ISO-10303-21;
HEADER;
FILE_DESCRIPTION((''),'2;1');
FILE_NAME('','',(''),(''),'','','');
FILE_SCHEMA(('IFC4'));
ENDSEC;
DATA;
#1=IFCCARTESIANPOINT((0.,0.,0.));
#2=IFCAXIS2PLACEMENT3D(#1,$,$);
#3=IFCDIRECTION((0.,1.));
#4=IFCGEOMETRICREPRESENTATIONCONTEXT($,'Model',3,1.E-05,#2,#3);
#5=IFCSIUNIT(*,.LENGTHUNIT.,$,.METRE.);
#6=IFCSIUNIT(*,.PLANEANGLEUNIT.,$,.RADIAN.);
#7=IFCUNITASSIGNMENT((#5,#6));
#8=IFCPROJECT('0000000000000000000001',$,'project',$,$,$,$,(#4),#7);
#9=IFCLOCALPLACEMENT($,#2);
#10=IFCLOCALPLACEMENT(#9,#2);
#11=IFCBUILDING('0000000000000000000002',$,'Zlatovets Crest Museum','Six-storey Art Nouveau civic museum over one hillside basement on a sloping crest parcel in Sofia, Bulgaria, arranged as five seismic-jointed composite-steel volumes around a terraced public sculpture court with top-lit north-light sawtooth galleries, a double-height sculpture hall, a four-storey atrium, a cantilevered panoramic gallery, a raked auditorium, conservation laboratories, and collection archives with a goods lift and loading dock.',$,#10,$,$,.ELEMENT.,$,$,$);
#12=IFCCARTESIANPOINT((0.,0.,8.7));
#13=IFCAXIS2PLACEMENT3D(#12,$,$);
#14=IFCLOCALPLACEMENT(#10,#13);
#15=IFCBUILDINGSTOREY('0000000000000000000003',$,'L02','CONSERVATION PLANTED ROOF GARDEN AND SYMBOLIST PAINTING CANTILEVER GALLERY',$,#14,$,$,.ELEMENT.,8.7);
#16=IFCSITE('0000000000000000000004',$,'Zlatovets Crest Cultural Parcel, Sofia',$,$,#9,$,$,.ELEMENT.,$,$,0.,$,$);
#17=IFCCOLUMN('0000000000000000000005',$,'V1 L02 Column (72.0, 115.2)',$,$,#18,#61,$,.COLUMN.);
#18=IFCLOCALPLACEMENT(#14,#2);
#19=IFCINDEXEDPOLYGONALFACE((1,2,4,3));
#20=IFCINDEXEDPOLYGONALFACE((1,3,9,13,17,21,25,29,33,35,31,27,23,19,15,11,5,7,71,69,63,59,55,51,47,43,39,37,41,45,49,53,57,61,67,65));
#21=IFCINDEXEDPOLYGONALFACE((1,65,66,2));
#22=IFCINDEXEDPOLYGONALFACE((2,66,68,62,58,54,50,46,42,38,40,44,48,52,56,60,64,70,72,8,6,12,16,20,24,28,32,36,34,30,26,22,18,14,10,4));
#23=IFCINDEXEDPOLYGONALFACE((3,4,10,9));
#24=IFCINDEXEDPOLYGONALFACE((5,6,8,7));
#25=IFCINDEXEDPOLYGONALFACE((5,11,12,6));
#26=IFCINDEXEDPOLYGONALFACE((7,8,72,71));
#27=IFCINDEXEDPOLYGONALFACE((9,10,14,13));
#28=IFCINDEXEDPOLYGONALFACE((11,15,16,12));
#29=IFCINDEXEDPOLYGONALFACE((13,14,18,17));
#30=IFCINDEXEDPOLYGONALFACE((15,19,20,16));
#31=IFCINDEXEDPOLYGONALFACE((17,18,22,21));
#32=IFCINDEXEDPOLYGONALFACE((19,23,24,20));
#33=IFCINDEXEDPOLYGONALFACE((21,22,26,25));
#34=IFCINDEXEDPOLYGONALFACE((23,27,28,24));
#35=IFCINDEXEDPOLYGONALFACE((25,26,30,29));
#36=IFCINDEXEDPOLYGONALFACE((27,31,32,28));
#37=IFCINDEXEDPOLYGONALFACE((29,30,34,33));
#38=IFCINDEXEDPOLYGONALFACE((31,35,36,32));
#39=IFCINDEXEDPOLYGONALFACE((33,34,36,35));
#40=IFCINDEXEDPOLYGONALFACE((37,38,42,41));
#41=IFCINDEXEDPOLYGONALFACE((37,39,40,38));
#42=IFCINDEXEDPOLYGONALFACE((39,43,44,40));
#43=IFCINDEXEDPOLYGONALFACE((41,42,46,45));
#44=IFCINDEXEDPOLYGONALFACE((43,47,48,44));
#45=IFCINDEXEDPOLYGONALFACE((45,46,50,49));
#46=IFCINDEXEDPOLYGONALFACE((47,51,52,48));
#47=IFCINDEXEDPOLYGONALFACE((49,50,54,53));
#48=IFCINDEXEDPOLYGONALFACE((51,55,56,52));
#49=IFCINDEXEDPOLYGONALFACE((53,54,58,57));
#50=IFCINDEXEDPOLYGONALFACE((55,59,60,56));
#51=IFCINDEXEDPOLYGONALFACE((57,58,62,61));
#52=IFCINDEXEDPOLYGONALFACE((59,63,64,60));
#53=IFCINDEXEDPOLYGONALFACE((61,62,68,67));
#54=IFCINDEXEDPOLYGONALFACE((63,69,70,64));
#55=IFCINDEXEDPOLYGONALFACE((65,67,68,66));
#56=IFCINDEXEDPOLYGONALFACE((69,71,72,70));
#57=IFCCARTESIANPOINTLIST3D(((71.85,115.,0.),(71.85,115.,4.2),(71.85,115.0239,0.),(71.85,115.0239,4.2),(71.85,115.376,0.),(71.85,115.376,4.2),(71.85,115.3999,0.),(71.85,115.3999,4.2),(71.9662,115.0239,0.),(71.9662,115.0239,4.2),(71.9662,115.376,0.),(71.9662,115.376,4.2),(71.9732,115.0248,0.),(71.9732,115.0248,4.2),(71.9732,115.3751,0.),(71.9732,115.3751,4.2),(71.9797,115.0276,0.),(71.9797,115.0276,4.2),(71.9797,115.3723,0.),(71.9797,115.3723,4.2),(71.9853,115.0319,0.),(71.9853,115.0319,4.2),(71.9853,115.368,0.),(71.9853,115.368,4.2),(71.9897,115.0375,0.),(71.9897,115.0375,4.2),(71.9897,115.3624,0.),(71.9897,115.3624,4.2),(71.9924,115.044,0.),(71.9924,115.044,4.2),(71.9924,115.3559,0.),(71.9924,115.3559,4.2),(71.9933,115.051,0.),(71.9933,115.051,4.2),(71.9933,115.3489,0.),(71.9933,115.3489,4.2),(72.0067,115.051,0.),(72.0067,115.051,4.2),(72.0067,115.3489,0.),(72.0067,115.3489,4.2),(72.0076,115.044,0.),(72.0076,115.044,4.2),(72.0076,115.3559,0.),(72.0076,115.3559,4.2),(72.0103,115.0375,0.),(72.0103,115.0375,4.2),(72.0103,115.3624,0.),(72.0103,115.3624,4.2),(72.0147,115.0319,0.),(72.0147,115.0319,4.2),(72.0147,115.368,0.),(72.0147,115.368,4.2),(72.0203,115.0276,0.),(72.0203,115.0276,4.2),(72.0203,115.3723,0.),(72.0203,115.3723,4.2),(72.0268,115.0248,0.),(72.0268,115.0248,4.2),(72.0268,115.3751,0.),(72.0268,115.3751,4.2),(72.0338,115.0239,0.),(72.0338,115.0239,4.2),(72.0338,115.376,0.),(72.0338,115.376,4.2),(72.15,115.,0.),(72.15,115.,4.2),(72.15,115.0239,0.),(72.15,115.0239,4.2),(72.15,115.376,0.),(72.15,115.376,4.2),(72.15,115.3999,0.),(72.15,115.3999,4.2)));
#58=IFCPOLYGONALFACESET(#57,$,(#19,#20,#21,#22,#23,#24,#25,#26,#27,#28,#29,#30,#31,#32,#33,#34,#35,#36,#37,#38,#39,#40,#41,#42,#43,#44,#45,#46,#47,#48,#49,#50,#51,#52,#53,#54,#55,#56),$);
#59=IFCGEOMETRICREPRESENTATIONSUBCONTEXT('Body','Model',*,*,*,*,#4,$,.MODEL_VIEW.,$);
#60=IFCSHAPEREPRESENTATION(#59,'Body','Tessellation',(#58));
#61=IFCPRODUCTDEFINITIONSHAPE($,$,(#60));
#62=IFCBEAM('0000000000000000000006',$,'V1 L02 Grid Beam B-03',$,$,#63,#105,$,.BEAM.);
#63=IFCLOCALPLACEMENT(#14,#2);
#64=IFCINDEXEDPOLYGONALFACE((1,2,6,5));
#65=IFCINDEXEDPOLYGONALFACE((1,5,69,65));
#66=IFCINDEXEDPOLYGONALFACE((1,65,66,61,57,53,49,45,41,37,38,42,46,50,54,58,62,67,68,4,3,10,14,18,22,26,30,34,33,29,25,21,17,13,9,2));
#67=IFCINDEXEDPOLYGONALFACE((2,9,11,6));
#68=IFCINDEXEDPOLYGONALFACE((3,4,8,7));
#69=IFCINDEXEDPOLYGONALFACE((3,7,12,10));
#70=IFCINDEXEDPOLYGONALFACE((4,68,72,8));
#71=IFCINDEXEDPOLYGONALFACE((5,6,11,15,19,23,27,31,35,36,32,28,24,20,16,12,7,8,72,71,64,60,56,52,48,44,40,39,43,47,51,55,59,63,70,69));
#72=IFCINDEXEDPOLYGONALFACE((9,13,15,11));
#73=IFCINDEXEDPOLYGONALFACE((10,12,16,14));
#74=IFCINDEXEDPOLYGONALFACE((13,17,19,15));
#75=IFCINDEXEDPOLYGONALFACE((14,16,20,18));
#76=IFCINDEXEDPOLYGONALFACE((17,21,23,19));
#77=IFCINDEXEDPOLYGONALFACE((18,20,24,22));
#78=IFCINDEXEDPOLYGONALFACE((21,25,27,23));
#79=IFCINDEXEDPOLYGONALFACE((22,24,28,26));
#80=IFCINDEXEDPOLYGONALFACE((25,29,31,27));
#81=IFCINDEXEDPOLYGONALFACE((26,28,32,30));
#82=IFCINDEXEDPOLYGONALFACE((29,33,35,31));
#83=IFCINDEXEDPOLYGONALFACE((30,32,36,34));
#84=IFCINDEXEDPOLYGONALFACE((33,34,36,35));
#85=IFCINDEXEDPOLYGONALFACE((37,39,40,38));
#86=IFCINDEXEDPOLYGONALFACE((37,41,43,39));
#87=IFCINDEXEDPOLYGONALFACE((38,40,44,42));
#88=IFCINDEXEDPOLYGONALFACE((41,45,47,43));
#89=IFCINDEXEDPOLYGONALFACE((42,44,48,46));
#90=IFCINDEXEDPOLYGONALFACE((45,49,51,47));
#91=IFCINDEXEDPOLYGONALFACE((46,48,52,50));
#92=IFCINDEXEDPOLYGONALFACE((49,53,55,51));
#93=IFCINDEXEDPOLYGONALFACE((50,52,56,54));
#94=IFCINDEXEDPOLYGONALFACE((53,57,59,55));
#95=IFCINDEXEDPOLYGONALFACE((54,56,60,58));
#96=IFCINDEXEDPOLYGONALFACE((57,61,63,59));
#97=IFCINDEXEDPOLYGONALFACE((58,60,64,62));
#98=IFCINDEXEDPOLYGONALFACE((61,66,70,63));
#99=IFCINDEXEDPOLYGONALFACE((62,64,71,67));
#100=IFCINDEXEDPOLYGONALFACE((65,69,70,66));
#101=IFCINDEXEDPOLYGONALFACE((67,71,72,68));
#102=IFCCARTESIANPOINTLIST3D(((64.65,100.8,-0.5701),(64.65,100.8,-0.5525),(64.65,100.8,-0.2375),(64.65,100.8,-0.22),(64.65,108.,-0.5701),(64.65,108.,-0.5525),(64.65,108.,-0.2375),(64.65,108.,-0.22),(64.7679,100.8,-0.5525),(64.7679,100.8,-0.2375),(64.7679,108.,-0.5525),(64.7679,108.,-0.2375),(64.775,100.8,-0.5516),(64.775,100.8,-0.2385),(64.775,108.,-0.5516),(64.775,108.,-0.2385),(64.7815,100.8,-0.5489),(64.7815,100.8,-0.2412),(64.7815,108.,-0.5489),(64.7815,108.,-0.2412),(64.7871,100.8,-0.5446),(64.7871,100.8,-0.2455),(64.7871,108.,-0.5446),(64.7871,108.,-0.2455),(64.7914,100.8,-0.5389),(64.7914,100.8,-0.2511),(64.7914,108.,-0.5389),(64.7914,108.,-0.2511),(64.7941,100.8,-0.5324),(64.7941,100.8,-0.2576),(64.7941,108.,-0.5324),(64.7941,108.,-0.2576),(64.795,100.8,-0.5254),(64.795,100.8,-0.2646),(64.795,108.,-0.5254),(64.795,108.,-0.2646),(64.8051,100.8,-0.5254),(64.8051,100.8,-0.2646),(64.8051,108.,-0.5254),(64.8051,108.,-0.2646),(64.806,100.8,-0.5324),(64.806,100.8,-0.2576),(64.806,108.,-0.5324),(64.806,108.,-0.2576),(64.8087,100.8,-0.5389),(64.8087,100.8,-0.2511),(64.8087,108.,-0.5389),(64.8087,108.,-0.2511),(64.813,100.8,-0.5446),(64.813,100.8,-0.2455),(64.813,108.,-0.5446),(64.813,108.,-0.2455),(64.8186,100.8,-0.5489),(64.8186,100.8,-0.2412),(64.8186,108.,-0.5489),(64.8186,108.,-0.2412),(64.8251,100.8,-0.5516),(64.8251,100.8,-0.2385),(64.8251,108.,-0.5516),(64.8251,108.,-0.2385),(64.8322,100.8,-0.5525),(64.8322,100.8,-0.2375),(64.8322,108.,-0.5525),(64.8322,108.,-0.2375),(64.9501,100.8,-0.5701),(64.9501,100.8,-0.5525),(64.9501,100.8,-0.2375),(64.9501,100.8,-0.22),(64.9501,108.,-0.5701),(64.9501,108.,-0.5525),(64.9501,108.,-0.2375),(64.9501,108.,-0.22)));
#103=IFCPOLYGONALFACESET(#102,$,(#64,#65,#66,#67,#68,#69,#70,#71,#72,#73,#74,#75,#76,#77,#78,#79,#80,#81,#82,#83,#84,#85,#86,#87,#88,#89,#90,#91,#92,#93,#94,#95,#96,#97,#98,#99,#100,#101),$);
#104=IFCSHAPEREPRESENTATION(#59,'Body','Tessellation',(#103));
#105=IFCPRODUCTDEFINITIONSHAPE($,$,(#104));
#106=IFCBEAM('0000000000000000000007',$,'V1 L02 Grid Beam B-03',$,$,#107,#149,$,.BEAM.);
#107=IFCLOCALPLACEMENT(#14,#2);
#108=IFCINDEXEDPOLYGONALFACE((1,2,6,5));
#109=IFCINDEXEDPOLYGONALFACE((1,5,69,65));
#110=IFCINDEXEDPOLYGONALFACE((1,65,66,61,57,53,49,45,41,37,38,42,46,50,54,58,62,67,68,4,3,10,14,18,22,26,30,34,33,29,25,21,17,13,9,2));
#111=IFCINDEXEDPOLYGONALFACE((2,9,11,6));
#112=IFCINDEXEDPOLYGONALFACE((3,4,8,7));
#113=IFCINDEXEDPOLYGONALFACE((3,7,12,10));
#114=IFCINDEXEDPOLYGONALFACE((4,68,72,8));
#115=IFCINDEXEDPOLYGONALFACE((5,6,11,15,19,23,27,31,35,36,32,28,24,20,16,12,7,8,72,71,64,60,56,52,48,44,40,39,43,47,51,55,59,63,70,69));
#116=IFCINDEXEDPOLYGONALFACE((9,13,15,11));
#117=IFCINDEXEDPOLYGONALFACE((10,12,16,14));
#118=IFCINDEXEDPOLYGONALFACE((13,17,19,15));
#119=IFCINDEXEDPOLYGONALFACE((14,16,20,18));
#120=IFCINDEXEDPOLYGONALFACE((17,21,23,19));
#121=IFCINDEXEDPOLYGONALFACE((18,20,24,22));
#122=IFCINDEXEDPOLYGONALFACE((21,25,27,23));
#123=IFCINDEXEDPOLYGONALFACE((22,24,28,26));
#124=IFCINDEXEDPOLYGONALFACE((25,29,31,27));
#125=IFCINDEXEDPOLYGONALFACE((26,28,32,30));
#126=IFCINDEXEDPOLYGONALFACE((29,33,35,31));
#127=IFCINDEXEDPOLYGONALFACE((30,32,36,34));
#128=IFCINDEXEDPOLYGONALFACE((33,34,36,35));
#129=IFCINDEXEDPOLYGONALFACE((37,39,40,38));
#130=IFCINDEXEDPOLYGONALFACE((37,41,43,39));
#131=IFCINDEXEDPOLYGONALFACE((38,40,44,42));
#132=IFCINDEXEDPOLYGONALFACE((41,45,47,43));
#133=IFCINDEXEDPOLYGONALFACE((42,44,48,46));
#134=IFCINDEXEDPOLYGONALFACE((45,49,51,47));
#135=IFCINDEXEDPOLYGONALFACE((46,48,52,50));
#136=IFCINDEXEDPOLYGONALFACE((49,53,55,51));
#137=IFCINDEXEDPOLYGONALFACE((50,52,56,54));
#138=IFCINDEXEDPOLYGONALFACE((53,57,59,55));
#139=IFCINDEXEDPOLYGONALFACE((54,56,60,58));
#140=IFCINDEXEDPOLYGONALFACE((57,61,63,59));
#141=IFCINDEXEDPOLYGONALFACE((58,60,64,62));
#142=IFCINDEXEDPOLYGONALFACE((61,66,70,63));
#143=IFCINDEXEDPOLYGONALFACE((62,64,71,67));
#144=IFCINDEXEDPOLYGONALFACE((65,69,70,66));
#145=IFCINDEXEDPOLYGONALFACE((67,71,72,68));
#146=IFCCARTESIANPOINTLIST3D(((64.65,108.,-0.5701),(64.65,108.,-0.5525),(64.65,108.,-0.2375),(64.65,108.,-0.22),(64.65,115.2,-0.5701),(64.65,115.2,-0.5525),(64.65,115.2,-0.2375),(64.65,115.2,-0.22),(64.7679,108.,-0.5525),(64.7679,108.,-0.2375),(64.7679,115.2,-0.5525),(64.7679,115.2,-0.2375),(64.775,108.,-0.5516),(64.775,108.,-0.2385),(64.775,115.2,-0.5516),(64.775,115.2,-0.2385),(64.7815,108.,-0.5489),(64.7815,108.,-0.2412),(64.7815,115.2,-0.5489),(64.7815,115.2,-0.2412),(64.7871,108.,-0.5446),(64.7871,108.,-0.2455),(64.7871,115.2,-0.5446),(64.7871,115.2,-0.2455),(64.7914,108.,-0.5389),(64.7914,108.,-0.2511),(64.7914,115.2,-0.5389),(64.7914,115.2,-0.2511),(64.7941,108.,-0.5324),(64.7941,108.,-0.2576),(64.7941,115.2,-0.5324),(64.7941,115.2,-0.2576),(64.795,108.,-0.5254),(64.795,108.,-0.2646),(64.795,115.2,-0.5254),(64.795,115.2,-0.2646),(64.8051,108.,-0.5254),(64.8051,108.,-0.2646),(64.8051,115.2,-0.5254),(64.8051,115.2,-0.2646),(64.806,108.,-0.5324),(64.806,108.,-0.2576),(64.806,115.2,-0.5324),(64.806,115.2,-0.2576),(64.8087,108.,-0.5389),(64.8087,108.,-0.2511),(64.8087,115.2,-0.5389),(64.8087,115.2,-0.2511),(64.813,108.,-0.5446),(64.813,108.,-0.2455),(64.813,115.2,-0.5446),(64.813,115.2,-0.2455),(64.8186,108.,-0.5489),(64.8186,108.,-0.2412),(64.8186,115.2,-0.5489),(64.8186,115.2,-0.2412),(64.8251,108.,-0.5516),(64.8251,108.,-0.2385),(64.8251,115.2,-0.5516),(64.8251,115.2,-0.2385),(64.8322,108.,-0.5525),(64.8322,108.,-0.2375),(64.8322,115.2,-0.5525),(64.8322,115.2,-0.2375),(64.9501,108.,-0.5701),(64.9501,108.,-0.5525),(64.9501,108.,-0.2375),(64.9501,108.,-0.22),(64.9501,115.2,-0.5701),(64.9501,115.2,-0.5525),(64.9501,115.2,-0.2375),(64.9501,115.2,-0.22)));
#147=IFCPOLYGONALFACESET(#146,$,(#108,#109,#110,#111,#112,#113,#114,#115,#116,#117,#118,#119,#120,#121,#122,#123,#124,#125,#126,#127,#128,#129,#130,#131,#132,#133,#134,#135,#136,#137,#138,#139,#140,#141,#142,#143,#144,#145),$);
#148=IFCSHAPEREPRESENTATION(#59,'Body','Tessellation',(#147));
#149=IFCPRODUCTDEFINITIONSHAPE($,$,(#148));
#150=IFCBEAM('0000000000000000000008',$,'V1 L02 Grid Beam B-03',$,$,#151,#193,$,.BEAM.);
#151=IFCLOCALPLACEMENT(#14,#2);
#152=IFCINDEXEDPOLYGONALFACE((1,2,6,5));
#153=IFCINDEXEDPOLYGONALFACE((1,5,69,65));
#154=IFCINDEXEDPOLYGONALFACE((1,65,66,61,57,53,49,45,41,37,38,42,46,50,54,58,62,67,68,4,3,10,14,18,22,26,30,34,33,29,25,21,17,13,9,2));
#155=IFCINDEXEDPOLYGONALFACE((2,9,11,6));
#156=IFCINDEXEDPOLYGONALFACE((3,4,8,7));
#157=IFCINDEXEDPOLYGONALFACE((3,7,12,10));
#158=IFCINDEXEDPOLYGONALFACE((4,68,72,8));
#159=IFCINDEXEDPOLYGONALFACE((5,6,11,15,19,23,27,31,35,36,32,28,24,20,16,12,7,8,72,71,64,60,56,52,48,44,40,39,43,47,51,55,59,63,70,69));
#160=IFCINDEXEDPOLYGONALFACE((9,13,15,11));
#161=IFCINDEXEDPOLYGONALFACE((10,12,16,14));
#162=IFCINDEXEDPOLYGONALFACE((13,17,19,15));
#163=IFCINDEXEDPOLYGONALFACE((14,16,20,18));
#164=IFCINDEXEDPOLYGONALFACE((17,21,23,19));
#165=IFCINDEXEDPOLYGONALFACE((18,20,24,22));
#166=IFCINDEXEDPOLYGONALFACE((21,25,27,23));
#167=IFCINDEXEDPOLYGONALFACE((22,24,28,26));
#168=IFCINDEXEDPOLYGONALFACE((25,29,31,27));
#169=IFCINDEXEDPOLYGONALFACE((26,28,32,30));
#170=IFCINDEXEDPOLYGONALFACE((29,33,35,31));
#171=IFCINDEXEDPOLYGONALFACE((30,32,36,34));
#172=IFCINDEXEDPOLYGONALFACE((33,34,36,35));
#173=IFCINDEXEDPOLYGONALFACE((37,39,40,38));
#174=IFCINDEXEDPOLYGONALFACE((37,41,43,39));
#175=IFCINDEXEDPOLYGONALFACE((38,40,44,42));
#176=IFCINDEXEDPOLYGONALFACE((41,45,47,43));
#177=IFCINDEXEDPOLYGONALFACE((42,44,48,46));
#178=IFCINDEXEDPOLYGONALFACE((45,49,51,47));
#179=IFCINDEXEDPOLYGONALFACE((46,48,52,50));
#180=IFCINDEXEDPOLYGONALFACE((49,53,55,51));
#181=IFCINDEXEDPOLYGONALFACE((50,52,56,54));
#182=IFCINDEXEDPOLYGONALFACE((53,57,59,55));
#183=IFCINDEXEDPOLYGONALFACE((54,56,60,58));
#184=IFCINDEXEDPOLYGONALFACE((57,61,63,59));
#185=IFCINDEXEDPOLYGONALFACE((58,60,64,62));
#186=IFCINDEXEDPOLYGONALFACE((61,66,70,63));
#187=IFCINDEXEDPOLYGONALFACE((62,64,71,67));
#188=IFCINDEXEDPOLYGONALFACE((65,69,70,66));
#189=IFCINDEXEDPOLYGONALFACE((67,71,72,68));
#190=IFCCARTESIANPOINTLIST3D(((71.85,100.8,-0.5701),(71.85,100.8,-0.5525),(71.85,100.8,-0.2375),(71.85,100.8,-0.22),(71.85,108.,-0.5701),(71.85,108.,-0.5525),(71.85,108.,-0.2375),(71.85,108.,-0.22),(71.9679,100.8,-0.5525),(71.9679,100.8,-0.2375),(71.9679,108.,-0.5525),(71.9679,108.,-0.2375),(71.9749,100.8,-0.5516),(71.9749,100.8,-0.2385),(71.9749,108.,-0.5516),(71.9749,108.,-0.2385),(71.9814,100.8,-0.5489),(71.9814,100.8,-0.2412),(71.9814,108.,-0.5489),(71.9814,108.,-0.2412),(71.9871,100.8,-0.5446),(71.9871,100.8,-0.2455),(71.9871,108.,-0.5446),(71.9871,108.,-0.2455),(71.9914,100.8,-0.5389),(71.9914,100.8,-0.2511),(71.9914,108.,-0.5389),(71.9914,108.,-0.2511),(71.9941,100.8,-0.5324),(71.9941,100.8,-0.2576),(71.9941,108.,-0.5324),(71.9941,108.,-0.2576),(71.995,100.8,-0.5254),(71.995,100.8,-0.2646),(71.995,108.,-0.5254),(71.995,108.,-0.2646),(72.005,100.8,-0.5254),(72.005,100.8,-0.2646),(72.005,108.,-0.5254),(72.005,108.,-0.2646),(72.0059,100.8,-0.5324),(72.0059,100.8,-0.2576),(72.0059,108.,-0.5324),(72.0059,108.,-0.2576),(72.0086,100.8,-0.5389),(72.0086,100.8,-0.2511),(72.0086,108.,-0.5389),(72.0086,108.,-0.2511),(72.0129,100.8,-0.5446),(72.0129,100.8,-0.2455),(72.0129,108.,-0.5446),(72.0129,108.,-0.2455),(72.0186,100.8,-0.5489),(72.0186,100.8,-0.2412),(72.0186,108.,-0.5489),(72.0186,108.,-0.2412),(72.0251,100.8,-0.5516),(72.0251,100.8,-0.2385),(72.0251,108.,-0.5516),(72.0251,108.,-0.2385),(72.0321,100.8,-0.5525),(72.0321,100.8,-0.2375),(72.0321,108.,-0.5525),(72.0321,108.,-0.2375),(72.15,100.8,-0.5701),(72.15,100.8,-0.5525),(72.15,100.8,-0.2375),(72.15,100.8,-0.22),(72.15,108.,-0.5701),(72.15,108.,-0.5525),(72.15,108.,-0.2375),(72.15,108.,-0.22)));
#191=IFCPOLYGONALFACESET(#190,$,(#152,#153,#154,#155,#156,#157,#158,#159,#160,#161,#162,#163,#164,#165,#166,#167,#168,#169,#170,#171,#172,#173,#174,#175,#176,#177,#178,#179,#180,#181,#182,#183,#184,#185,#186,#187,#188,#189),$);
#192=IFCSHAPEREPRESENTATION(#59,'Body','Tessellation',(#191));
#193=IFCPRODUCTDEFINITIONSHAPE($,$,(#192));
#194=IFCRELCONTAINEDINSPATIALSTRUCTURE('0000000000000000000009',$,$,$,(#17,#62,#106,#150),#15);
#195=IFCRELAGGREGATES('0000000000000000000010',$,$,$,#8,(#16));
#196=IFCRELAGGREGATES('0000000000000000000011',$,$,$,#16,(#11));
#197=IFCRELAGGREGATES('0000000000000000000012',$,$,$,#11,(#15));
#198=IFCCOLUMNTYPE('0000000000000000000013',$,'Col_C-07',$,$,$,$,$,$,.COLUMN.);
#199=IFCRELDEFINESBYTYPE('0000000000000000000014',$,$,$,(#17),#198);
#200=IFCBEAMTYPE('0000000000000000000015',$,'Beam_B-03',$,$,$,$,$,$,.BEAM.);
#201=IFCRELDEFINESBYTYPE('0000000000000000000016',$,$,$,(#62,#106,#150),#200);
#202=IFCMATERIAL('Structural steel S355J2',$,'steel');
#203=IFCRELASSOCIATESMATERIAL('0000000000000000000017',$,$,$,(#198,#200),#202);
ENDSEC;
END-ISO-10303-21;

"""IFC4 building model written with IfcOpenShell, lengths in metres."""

from ifc_helpers import new_model, si_unit, direction, frame, origin, origin_2d, place, context, subcontext, project, spatial, i_section, extrude, material, material_profile, profile_set, type_object, element, save


model = new_model("IFC4")

# Units and contexts
model_context = context("Model", 3, precision=1e-05, world=origin(), true_north=direction((0.0, 1.0)))
body_context = subcontext(model_context, "Body", "Model", "MODEL_VIEW")
ifc_project = project(units=[si_unit("LENGTHUNIT", "METRE"), si_unit("PLANEANGLEUNIT", "RADIAN")], contexts=[model_context])

# Site, building, storey
site_placement = place(None, origin())
site = spatial("IfcSite", under=ifc_project, at=site_placement, Name="Zlatovets Crest Cultural Parcel, Sofia", CompositionType="ELEMENT", RefElevation=0.0)
building_placement = place(site_placement, origin())
building = spatial("IfcBuilding", under=site, at=building_placement, Name="Zlatovets Crest Museum", Description="Six-storey Art Nouveau civic museum over one hillside basement on a sloping crest parcel in Sofia, Bulgaria, arranged as five seismic-jointed composite-steel volumes around a terraced public sculpture court with top-lit north-light sawtooth galleries, a double-height sculpture hall, a four-storey atrium, a cantilevered panoramic gallery, a raked auditorium, conservation laboratories, and collection archives with a goods lift and loading dock.", CompositionType="ELEMENT")
storey_placement = place(building_placement, frame((0.0, 0.0, 8.7)))
storey = spatial("IfcBuildingStorey", under=building, at=storey_placement, Name="L02", Description="CONSERVATION PLANTED ROOF GARDEN AND SYMBOLIST PAINTING CANTILEVER GALLERY", CompositionType="ELEMENT", Elevation=8.7)

# Column
ifc_material_1 = material(Name="Structural steel S355J2", Category="steel")
ifc_material_profile_1 = material_profile(ifc_material_1, i_section(OverallWidth=0.3, OverallDepth=0.3999, WebThickness=0.0134, FlangeThickness=0.0239, FilletRadius=0.0271, at=origin_2d()), Name="HEB 400")
ifc_profile_set_1 = profile_set([ifc_material_profile_1], Name="Structural steel S355J2")
column_type = type_object("IfcColumnType", Name="Col_C-07", PredefinedType="COLUMN", material=ifc_profile_set_1)
for number, where, z_axis, x_axis, name in (
    (1, (72.0, 115.2, 0.0), (0.0, 0.0, 1.0), (1.0, 0.0, 0.0), "V1 L02 Column (72.0, 115.2)"),
):
    element("IfcColumn", number, at=place(storey_placement, frame(where, z_axis=z_axis, x_axis=x_axis)), inside=storey, type_object=column_type, Name=name, PredefinedType="COLUMN", context=body_context, shape_type="SweptSolid", body=[
        extrude(i_section(OverallWidth=0.3, OverallDepth=0.3999, WebThickness=0.0134, FlangeThickness=0.0239, FilletRadius=0.0271, at=origin_2d()), origin(), (0.0, 0.0, 1.0), 4.2),
    ])

# Beams
ifc_material_profile_2 = material_profile(ifc_material_1, i_section(OverallWidth=0.3, OverallDepth=0.3501, WebThickness=0.01, FlangeThickness=0.0176, FilletRadius=0.0271, at=origin_2d()), Name="HEA 360")
ifc_profile_set_2 = profile_set([ifc_material_profile_2], Name="Structural steel S355J2")
beam_type_1 = type_object("IfcBeamType", Name="Beam_B-03", PredefinedType="BEAM", material=ifc_profile_set_2)
for number, where, z_axis, x_axis, name in (
    (2, (64.8, 100.8, -0.395), (0.0, 1.0, 0.0), (-1.0, 0.0, 0.0), "V1 L02 Grid Beam B-03"),
    (3, (64.8, 108.0, -0.395), (0.0, 1.0, 0.0), (-1.0, 0.0, 0.0), "V1 L02 Grid Beam B-03"),
    (4, (72.0, 100.8, -0.395), (0.0, 1.0, 0.0), (-1.0, 0.0, 0.0), "V1 L02 Grid Beam B-03"),
):
    element("IfcBeam", number, at=place(storey_placement, frame(where, z_axis=z_axis, x_axis=x_axis)), inside=storey, type_object=beam_type_1, Name=name, PredefinedType="BEAM", context=body_context, shape_type="SweptSolid", body=[
        extrude(i_section(OverallWidth=0.3, OverallDepth=0.3501, WebThickness=0.01, FlangeThickness=0.0176, FilletRadius=0.0271, at=origin_2d()), origin(), (0.0, 0.0, 1.0), 7.2),
    ])

save(model, "model.ifc")
